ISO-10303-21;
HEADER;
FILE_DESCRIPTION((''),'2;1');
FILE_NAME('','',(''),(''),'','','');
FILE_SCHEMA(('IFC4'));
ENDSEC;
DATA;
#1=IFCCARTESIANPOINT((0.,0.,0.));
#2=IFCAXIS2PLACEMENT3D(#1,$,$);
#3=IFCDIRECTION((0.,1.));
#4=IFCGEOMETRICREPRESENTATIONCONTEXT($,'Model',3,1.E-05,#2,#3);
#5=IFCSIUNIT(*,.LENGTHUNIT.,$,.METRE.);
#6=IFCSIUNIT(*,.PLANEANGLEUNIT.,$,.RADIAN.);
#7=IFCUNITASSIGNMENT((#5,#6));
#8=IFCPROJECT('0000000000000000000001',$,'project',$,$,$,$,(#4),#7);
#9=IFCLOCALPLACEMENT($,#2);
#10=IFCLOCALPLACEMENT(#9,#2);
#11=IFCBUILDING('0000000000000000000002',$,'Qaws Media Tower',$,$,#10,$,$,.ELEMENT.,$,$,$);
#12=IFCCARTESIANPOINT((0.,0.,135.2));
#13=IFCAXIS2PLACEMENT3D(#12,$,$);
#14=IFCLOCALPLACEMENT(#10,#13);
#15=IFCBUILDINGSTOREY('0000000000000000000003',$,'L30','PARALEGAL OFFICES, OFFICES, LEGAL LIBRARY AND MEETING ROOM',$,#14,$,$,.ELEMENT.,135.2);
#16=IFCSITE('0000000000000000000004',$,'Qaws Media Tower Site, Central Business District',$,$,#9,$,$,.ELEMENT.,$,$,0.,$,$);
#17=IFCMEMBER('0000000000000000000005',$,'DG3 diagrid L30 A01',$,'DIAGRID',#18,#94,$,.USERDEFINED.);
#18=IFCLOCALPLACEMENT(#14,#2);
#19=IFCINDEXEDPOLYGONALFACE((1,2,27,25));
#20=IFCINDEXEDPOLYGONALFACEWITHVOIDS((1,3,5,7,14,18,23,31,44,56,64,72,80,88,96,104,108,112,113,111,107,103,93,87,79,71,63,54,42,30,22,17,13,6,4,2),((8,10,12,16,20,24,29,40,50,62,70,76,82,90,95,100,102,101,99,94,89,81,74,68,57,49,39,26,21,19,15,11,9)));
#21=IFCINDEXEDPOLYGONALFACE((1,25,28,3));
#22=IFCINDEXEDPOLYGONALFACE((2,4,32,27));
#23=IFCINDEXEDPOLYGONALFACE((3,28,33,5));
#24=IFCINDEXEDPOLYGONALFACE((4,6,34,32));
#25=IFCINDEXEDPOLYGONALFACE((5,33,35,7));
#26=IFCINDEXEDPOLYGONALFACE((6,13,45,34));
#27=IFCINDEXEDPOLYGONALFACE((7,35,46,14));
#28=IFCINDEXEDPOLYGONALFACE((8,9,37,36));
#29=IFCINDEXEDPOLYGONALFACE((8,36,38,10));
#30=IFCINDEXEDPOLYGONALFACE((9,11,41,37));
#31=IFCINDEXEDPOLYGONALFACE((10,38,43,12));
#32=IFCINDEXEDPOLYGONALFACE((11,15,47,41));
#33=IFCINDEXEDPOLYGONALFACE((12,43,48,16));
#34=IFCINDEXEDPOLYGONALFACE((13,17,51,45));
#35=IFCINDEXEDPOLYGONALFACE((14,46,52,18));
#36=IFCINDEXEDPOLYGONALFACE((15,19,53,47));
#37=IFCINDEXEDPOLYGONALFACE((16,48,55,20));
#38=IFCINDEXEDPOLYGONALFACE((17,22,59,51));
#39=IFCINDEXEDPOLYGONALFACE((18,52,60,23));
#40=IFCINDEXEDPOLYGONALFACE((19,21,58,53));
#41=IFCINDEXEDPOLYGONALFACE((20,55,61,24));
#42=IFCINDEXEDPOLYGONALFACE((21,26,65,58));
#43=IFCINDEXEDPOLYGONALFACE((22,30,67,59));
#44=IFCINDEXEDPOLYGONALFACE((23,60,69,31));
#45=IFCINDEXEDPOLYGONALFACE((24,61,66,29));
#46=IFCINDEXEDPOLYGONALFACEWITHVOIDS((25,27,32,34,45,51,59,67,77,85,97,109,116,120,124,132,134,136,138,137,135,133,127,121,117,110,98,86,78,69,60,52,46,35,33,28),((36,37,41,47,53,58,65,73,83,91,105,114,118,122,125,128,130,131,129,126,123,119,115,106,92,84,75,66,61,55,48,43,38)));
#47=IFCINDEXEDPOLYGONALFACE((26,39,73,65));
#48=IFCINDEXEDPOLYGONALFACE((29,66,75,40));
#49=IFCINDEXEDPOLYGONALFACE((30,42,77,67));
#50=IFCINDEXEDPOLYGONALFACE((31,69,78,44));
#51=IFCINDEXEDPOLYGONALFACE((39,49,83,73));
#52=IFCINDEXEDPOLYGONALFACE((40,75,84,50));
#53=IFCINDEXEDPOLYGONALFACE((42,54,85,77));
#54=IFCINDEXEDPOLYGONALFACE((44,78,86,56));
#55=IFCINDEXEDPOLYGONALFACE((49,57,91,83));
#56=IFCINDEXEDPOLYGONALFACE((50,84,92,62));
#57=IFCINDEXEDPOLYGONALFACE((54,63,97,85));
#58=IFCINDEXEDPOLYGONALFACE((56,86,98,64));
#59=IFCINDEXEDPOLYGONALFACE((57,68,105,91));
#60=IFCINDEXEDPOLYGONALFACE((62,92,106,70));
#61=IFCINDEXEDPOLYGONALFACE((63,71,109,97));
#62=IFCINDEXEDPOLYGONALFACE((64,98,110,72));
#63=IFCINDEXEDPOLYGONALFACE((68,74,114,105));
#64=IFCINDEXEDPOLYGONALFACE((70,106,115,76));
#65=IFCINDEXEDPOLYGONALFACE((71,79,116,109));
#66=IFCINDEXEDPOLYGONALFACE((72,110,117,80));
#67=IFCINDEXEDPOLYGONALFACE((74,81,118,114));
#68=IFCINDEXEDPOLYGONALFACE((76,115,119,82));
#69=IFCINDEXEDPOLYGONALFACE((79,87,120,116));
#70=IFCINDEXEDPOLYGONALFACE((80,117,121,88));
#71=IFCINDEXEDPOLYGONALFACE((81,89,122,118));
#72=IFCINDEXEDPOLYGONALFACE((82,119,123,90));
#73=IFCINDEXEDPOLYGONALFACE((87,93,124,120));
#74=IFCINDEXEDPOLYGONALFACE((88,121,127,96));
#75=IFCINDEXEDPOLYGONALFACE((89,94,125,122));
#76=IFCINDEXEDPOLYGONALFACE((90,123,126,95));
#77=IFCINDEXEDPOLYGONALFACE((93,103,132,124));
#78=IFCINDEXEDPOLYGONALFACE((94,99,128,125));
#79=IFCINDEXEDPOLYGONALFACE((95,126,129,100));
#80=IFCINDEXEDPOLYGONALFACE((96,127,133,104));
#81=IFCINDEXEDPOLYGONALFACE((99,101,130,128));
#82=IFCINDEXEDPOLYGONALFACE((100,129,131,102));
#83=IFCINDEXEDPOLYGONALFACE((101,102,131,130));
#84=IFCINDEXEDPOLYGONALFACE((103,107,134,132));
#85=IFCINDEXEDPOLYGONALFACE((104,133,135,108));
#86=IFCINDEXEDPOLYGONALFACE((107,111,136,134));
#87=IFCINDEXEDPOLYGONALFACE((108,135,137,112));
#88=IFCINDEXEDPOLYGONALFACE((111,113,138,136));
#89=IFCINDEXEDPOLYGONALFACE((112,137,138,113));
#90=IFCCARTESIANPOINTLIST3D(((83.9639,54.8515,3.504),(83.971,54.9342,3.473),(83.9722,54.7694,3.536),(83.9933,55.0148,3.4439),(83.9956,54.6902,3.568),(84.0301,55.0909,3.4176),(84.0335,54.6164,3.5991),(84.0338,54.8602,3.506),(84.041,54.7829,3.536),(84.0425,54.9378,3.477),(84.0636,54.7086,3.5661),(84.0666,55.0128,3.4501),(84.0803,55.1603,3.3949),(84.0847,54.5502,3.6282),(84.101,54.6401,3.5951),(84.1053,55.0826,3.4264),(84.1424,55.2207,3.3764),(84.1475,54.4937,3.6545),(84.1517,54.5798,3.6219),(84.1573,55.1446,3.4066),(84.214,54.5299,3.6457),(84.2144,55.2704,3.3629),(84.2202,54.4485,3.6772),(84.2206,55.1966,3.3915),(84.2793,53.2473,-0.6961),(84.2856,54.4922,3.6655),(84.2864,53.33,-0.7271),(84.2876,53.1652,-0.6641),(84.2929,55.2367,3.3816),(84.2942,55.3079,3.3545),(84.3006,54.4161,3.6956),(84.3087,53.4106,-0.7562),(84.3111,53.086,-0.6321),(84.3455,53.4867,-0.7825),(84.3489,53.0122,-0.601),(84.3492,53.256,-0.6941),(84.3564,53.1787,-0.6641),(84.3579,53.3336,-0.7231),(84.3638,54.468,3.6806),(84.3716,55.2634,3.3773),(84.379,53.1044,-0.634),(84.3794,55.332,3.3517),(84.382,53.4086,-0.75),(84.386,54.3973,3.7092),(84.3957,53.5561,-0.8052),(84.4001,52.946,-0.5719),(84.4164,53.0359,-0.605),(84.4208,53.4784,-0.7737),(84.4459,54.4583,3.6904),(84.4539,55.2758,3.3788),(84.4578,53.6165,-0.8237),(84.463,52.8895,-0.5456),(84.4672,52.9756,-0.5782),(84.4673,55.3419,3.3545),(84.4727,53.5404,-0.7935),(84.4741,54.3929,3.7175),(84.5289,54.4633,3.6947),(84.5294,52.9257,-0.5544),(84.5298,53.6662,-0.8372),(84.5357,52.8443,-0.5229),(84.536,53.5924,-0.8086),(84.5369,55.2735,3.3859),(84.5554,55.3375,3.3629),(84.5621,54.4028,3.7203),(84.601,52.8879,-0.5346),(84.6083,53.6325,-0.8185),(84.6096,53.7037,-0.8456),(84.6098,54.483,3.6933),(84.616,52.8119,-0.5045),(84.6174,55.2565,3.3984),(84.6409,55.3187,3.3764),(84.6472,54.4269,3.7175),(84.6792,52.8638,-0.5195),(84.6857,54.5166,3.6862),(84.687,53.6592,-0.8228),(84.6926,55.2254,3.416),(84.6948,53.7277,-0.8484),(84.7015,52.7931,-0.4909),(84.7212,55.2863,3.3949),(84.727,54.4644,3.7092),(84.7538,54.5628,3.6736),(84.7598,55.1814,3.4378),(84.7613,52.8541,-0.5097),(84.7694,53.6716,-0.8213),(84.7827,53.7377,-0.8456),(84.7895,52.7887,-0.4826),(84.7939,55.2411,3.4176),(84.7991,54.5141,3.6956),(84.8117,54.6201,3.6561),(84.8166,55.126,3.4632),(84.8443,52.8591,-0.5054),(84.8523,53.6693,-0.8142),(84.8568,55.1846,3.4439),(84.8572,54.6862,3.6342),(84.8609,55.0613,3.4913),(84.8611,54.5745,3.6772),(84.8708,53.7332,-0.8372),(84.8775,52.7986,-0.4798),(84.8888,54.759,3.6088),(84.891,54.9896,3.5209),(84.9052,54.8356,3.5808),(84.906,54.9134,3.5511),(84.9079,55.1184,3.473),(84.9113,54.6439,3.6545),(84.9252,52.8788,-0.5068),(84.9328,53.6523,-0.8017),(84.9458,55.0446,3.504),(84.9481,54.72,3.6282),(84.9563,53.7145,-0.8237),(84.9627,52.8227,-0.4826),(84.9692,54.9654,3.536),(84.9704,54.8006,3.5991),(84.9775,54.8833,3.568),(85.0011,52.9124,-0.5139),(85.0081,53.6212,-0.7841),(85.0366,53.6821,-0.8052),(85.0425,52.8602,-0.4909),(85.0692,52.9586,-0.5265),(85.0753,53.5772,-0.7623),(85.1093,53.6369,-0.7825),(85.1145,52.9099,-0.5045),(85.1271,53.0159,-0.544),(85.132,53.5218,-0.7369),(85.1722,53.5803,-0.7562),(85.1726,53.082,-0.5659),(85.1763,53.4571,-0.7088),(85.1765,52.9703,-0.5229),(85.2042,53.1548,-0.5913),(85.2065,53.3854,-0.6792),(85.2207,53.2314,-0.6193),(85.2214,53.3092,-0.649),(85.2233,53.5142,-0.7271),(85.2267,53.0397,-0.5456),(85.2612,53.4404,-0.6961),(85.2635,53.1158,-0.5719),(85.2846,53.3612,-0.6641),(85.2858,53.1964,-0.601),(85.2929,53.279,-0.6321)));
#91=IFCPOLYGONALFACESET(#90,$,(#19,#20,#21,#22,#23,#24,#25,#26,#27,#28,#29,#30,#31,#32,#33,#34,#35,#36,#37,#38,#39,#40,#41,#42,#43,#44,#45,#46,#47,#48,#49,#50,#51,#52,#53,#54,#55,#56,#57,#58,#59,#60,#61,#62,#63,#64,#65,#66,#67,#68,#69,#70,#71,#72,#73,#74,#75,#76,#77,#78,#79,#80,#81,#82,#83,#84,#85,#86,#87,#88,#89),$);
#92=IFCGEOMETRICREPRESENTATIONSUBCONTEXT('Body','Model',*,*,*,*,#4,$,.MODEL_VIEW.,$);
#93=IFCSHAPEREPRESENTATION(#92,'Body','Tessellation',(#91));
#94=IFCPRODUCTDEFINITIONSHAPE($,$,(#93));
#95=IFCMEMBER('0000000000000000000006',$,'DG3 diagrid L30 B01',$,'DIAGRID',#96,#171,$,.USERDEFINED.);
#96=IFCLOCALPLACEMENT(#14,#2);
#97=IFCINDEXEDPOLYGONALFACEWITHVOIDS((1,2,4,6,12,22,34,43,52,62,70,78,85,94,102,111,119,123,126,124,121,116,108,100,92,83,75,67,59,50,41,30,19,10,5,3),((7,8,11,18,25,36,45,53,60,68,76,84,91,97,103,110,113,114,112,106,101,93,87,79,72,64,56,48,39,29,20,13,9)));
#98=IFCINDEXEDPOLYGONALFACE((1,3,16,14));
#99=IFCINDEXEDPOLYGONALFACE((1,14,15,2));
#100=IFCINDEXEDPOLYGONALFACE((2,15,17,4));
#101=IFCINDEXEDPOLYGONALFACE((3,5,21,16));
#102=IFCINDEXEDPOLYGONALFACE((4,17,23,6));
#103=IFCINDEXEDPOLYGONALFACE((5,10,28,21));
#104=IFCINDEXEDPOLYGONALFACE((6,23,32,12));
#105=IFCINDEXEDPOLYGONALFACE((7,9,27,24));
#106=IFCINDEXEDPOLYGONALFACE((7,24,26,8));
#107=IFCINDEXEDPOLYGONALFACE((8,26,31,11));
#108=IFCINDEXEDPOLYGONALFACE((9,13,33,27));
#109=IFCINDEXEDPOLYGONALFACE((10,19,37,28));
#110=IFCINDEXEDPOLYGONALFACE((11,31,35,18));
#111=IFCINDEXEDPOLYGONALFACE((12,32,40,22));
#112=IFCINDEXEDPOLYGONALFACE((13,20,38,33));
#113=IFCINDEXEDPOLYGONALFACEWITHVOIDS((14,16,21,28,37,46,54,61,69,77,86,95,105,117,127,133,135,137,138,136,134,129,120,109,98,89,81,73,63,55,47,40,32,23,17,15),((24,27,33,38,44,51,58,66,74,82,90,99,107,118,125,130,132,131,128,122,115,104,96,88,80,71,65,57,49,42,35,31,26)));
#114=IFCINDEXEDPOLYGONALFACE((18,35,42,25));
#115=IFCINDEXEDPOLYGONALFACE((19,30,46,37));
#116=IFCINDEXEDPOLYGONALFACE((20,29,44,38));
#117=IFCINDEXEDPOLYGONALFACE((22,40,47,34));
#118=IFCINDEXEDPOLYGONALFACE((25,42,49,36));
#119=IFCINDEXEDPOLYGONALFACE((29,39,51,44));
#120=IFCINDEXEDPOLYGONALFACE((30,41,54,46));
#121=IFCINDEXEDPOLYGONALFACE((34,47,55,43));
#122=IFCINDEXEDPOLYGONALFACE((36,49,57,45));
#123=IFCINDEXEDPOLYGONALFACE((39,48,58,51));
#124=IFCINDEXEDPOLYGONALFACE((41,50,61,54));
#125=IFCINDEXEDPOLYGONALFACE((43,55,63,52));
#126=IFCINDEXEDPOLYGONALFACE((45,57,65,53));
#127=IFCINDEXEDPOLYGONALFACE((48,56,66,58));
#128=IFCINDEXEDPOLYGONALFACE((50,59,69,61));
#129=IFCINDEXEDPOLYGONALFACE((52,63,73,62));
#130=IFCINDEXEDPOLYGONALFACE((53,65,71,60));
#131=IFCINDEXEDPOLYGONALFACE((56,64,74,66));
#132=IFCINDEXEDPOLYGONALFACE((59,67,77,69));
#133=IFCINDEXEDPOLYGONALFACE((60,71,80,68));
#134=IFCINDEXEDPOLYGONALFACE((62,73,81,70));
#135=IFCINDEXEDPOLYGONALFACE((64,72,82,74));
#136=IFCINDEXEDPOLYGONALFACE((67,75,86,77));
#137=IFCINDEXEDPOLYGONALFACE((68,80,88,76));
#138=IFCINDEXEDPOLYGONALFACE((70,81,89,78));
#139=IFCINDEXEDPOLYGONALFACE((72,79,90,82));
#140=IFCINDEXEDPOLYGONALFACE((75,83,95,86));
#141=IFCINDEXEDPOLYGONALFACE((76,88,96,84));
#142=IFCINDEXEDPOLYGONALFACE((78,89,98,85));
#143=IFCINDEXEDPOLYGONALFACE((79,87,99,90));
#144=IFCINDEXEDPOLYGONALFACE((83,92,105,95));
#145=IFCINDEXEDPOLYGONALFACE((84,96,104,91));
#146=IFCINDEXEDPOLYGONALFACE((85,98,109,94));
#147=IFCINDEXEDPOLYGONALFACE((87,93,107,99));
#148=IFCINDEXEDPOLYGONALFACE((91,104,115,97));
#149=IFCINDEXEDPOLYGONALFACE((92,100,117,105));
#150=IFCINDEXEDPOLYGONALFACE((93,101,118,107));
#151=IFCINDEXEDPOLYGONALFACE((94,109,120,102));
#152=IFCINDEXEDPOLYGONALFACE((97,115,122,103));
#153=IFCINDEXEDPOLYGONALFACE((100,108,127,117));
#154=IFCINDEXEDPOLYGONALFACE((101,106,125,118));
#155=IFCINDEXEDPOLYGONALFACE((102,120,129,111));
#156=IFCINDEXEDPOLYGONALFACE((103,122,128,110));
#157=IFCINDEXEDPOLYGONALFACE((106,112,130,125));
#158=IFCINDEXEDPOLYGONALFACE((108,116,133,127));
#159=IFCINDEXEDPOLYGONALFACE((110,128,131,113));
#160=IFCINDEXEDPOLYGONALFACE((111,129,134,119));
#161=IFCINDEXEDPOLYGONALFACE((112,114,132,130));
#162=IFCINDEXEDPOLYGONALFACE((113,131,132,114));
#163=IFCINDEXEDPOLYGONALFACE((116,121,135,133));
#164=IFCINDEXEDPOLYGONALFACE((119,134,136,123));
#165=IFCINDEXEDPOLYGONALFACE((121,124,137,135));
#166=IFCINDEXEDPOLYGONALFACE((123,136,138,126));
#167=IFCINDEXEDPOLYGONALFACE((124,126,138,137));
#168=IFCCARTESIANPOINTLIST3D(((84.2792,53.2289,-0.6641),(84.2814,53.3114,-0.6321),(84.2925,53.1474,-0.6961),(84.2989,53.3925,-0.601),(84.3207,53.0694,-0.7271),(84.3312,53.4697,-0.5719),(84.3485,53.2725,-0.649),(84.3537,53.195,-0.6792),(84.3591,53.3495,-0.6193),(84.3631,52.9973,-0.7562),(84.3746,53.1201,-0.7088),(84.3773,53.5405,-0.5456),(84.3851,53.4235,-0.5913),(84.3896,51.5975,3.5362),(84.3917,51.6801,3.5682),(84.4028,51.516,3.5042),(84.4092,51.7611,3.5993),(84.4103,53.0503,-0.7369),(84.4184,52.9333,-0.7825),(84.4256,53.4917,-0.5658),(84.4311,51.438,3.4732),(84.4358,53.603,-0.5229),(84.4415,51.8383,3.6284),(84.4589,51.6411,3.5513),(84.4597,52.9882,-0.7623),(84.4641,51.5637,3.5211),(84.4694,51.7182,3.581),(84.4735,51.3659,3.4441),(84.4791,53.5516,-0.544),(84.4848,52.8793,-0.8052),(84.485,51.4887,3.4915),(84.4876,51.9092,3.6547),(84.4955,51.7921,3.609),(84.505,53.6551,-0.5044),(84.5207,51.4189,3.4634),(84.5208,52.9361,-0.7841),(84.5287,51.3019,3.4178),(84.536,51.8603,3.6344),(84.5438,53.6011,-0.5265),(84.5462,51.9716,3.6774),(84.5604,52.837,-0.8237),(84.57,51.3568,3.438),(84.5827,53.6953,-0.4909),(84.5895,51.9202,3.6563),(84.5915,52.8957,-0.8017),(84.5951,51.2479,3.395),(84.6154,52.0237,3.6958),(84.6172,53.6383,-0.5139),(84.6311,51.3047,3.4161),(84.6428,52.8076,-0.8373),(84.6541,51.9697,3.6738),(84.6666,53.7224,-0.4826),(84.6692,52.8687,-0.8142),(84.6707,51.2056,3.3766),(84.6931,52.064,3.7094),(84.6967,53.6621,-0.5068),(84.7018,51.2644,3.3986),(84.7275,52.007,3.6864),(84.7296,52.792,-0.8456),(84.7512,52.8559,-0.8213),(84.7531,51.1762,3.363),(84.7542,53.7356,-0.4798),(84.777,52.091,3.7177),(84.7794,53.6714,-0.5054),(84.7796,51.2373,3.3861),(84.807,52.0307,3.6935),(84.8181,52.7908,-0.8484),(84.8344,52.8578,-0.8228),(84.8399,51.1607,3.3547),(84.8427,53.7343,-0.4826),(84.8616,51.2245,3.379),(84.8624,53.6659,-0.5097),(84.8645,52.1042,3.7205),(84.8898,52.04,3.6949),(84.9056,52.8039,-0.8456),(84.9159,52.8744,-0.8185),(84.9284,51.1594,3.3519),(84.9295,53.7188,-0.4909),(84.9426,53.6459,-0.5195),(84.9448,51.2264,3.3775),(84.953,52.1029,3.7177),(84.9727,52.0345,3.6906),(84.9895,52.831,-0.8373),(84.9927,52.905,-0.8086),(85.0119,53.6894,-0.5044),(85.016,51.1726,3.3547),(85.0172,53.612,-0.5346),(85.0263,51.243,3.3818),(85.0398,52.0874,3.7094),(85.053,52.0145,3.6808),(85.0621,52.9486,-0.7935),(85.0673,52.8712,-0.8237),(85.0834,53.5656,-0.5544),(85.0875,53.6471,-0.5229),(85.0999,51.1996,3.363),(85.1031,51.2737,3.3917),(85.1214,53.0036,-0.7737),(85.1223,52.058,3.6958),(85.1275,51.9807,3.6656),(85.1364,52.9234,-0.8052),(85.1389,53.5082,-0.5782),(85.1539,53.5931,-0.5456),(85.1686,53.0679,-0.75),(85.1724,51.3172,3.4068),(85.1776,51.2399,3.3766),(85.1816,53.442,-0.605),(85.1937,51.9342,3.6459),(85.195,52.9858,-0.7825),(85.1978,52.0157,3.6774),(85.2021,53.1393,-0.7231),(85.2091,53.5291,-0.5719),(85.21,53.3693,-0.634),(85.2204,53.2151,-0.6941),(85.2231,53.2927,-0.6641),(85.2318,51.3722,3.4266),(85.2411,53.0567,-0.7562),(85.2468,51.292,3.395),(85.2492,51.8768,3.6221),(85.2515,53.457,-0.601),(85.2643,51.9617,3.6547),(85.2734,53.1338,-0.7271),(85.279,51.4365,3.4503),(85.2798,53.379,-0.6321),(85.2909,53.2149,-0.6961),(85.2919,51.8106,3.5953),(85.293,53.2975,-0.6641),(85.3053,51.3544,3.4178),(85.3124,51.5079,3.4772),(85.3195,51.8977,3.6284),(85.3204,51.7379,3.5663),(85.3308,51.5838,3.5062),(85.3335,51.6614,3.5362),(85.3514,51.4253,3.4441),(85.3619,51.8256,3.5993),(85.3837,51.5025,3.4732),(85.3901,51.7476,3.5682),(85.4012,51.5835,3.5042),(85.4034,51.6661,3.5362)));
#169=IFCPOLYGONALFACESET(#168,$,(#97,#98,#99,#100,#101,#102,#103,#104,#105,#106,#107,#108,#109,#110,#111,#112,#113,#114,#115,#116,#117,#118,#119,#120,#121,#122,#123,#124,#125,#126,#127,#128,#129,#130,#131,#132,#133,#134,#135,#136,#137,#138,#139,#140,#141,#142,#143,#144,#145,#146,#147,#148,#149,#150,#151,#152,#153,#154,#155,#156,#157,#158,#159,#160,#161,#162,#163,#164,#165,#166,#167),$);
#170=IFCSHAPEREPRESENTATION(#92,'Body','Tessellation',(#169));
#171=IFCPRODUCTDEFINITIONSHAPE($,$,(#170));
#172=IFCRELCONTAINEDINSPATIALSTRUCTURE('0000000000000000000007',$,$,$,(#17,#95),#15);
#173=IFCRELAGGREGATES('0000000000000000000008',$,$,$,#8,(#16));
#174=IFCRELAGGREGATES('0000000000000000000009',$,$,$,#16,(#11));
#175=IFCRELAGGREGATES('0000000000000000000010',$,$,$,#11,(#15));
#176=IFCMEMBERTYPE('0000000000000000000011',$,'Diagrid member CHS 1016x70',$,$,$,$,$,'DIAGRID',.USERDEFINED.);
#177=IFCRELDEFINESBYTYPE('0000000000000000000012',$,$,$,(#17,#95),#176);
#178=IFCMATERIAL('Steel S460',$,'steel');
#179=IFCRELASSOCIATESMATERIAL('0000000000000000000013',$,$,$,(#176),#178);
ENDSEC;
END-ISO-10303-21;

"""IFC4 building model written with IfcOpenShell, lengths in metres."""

from ifc_helpers import new_model, si_unit, direction, frame, origin, origin_2d, place, context, subcontext, project, spatial, hollow_circle, extrude, material, material_profile, profile_set, type_object, element, save


model = new_model("IFC4")

# Units and contexts
model_context = context("Model", 3, precision=1e-05, world=origin(), true_north=direction((0.0, 1.0)))
body_context = subcontext(model_context, "Body", "Model", "MODEL_VIEW")
ifc_project = project(units=[si_unit("LENGTHUNIT", "METRE"), si_unit("PLANEANGLEUNIT", "RADIAN")], contexts=[model_context])

# Site, building, storey
site_placement = place(None, origin())
site = spatial("IfcSite", under=ifc_project, at=site_placement, Name="Qaws Media Tower Site, Central Business District", CompositionType="ELEMENT", RefElevation=0.0)
building_placement = place(site_placement, origin())
building = spatial("IfcBuilding", under=site, at=building_placement, Name="Qaws Media Tower", CompositionType="ELEMENT")
storey_placement = place(building_placement, frame((0.0, 0.0, 135.2)))
storey = spatial("IfcBuildingStorey", under=building, at=storey_placement, Name="L30", Description="PARALEGAL OFFICES, OFFICES, LEGAL LIBRARY AND MEETING ROOM", CompositionType="ELEMENT", Elevation=135.2)

# Members
ifc_material_1 = material(Name="Steel S460", Category="steel")
ifc_material_profile_1 = material_profile(ifc_material_1, hollow_circle(Radius=0.5081, WallThickness=0.0701, at=origin_2d()), Name="CHS 1016x70")
ifc_profile_set_1 = profile_set([ifc_material_profile_1], Name="Steel S460")
member_type_1 = type_object("IfcMemberType", Name="Diagrid member CHS 1016x70", ElementType="DIAGRID", PredefinedType="USERDEFINED", material=ifc_profile_set_1)
member_1_placement = place(storey_placement, frame((84.7861, 53.2632, -0.6641), z_axis=(-0.069984, 0.355931, 0.931888), x_axis=(-0.981213, -0.192928, 0.0)))
element("IfcMember", 1, at=member_1_placement, inside=storey, type_object=member_type_1, Name="DG3 diagrid L30 A01", ObjectType="DIAGRID", PredefinedType="USERDEFINED", context=body_context, shape_type="SweptSolid", body=[
    extrude(hollow_circle(Radius=0.5081, WallThickness=0.0701, at=origin_2d()), origin(), (0.0, 0.0, 1.0), 4.5071),
])
member_2_placement = place(storey_placement, frame((84.7861, 53.2632, -0.6641), z_axis=(0.024483, -0.36194, 0.93188), x_axis=(0.99772, 0.06749, 0.0)))
element("IfcMember", 2, at=member_2_placement, inside=storey, type_object=member_type_1, Name="DG3 diagrid L30 B01", ObjectType="DIAGRID", PredefinedType="USERDEFINED", context=body_context, shape_type="SweptSolid", body=[
    extrude(hollow_circle(Radius=0.5081, WallThickness=0.0701, at=origin_2d()), origin(), (0.0, 0.0, 1.0), 4.5073),
])

save(model, "model.ifc")
